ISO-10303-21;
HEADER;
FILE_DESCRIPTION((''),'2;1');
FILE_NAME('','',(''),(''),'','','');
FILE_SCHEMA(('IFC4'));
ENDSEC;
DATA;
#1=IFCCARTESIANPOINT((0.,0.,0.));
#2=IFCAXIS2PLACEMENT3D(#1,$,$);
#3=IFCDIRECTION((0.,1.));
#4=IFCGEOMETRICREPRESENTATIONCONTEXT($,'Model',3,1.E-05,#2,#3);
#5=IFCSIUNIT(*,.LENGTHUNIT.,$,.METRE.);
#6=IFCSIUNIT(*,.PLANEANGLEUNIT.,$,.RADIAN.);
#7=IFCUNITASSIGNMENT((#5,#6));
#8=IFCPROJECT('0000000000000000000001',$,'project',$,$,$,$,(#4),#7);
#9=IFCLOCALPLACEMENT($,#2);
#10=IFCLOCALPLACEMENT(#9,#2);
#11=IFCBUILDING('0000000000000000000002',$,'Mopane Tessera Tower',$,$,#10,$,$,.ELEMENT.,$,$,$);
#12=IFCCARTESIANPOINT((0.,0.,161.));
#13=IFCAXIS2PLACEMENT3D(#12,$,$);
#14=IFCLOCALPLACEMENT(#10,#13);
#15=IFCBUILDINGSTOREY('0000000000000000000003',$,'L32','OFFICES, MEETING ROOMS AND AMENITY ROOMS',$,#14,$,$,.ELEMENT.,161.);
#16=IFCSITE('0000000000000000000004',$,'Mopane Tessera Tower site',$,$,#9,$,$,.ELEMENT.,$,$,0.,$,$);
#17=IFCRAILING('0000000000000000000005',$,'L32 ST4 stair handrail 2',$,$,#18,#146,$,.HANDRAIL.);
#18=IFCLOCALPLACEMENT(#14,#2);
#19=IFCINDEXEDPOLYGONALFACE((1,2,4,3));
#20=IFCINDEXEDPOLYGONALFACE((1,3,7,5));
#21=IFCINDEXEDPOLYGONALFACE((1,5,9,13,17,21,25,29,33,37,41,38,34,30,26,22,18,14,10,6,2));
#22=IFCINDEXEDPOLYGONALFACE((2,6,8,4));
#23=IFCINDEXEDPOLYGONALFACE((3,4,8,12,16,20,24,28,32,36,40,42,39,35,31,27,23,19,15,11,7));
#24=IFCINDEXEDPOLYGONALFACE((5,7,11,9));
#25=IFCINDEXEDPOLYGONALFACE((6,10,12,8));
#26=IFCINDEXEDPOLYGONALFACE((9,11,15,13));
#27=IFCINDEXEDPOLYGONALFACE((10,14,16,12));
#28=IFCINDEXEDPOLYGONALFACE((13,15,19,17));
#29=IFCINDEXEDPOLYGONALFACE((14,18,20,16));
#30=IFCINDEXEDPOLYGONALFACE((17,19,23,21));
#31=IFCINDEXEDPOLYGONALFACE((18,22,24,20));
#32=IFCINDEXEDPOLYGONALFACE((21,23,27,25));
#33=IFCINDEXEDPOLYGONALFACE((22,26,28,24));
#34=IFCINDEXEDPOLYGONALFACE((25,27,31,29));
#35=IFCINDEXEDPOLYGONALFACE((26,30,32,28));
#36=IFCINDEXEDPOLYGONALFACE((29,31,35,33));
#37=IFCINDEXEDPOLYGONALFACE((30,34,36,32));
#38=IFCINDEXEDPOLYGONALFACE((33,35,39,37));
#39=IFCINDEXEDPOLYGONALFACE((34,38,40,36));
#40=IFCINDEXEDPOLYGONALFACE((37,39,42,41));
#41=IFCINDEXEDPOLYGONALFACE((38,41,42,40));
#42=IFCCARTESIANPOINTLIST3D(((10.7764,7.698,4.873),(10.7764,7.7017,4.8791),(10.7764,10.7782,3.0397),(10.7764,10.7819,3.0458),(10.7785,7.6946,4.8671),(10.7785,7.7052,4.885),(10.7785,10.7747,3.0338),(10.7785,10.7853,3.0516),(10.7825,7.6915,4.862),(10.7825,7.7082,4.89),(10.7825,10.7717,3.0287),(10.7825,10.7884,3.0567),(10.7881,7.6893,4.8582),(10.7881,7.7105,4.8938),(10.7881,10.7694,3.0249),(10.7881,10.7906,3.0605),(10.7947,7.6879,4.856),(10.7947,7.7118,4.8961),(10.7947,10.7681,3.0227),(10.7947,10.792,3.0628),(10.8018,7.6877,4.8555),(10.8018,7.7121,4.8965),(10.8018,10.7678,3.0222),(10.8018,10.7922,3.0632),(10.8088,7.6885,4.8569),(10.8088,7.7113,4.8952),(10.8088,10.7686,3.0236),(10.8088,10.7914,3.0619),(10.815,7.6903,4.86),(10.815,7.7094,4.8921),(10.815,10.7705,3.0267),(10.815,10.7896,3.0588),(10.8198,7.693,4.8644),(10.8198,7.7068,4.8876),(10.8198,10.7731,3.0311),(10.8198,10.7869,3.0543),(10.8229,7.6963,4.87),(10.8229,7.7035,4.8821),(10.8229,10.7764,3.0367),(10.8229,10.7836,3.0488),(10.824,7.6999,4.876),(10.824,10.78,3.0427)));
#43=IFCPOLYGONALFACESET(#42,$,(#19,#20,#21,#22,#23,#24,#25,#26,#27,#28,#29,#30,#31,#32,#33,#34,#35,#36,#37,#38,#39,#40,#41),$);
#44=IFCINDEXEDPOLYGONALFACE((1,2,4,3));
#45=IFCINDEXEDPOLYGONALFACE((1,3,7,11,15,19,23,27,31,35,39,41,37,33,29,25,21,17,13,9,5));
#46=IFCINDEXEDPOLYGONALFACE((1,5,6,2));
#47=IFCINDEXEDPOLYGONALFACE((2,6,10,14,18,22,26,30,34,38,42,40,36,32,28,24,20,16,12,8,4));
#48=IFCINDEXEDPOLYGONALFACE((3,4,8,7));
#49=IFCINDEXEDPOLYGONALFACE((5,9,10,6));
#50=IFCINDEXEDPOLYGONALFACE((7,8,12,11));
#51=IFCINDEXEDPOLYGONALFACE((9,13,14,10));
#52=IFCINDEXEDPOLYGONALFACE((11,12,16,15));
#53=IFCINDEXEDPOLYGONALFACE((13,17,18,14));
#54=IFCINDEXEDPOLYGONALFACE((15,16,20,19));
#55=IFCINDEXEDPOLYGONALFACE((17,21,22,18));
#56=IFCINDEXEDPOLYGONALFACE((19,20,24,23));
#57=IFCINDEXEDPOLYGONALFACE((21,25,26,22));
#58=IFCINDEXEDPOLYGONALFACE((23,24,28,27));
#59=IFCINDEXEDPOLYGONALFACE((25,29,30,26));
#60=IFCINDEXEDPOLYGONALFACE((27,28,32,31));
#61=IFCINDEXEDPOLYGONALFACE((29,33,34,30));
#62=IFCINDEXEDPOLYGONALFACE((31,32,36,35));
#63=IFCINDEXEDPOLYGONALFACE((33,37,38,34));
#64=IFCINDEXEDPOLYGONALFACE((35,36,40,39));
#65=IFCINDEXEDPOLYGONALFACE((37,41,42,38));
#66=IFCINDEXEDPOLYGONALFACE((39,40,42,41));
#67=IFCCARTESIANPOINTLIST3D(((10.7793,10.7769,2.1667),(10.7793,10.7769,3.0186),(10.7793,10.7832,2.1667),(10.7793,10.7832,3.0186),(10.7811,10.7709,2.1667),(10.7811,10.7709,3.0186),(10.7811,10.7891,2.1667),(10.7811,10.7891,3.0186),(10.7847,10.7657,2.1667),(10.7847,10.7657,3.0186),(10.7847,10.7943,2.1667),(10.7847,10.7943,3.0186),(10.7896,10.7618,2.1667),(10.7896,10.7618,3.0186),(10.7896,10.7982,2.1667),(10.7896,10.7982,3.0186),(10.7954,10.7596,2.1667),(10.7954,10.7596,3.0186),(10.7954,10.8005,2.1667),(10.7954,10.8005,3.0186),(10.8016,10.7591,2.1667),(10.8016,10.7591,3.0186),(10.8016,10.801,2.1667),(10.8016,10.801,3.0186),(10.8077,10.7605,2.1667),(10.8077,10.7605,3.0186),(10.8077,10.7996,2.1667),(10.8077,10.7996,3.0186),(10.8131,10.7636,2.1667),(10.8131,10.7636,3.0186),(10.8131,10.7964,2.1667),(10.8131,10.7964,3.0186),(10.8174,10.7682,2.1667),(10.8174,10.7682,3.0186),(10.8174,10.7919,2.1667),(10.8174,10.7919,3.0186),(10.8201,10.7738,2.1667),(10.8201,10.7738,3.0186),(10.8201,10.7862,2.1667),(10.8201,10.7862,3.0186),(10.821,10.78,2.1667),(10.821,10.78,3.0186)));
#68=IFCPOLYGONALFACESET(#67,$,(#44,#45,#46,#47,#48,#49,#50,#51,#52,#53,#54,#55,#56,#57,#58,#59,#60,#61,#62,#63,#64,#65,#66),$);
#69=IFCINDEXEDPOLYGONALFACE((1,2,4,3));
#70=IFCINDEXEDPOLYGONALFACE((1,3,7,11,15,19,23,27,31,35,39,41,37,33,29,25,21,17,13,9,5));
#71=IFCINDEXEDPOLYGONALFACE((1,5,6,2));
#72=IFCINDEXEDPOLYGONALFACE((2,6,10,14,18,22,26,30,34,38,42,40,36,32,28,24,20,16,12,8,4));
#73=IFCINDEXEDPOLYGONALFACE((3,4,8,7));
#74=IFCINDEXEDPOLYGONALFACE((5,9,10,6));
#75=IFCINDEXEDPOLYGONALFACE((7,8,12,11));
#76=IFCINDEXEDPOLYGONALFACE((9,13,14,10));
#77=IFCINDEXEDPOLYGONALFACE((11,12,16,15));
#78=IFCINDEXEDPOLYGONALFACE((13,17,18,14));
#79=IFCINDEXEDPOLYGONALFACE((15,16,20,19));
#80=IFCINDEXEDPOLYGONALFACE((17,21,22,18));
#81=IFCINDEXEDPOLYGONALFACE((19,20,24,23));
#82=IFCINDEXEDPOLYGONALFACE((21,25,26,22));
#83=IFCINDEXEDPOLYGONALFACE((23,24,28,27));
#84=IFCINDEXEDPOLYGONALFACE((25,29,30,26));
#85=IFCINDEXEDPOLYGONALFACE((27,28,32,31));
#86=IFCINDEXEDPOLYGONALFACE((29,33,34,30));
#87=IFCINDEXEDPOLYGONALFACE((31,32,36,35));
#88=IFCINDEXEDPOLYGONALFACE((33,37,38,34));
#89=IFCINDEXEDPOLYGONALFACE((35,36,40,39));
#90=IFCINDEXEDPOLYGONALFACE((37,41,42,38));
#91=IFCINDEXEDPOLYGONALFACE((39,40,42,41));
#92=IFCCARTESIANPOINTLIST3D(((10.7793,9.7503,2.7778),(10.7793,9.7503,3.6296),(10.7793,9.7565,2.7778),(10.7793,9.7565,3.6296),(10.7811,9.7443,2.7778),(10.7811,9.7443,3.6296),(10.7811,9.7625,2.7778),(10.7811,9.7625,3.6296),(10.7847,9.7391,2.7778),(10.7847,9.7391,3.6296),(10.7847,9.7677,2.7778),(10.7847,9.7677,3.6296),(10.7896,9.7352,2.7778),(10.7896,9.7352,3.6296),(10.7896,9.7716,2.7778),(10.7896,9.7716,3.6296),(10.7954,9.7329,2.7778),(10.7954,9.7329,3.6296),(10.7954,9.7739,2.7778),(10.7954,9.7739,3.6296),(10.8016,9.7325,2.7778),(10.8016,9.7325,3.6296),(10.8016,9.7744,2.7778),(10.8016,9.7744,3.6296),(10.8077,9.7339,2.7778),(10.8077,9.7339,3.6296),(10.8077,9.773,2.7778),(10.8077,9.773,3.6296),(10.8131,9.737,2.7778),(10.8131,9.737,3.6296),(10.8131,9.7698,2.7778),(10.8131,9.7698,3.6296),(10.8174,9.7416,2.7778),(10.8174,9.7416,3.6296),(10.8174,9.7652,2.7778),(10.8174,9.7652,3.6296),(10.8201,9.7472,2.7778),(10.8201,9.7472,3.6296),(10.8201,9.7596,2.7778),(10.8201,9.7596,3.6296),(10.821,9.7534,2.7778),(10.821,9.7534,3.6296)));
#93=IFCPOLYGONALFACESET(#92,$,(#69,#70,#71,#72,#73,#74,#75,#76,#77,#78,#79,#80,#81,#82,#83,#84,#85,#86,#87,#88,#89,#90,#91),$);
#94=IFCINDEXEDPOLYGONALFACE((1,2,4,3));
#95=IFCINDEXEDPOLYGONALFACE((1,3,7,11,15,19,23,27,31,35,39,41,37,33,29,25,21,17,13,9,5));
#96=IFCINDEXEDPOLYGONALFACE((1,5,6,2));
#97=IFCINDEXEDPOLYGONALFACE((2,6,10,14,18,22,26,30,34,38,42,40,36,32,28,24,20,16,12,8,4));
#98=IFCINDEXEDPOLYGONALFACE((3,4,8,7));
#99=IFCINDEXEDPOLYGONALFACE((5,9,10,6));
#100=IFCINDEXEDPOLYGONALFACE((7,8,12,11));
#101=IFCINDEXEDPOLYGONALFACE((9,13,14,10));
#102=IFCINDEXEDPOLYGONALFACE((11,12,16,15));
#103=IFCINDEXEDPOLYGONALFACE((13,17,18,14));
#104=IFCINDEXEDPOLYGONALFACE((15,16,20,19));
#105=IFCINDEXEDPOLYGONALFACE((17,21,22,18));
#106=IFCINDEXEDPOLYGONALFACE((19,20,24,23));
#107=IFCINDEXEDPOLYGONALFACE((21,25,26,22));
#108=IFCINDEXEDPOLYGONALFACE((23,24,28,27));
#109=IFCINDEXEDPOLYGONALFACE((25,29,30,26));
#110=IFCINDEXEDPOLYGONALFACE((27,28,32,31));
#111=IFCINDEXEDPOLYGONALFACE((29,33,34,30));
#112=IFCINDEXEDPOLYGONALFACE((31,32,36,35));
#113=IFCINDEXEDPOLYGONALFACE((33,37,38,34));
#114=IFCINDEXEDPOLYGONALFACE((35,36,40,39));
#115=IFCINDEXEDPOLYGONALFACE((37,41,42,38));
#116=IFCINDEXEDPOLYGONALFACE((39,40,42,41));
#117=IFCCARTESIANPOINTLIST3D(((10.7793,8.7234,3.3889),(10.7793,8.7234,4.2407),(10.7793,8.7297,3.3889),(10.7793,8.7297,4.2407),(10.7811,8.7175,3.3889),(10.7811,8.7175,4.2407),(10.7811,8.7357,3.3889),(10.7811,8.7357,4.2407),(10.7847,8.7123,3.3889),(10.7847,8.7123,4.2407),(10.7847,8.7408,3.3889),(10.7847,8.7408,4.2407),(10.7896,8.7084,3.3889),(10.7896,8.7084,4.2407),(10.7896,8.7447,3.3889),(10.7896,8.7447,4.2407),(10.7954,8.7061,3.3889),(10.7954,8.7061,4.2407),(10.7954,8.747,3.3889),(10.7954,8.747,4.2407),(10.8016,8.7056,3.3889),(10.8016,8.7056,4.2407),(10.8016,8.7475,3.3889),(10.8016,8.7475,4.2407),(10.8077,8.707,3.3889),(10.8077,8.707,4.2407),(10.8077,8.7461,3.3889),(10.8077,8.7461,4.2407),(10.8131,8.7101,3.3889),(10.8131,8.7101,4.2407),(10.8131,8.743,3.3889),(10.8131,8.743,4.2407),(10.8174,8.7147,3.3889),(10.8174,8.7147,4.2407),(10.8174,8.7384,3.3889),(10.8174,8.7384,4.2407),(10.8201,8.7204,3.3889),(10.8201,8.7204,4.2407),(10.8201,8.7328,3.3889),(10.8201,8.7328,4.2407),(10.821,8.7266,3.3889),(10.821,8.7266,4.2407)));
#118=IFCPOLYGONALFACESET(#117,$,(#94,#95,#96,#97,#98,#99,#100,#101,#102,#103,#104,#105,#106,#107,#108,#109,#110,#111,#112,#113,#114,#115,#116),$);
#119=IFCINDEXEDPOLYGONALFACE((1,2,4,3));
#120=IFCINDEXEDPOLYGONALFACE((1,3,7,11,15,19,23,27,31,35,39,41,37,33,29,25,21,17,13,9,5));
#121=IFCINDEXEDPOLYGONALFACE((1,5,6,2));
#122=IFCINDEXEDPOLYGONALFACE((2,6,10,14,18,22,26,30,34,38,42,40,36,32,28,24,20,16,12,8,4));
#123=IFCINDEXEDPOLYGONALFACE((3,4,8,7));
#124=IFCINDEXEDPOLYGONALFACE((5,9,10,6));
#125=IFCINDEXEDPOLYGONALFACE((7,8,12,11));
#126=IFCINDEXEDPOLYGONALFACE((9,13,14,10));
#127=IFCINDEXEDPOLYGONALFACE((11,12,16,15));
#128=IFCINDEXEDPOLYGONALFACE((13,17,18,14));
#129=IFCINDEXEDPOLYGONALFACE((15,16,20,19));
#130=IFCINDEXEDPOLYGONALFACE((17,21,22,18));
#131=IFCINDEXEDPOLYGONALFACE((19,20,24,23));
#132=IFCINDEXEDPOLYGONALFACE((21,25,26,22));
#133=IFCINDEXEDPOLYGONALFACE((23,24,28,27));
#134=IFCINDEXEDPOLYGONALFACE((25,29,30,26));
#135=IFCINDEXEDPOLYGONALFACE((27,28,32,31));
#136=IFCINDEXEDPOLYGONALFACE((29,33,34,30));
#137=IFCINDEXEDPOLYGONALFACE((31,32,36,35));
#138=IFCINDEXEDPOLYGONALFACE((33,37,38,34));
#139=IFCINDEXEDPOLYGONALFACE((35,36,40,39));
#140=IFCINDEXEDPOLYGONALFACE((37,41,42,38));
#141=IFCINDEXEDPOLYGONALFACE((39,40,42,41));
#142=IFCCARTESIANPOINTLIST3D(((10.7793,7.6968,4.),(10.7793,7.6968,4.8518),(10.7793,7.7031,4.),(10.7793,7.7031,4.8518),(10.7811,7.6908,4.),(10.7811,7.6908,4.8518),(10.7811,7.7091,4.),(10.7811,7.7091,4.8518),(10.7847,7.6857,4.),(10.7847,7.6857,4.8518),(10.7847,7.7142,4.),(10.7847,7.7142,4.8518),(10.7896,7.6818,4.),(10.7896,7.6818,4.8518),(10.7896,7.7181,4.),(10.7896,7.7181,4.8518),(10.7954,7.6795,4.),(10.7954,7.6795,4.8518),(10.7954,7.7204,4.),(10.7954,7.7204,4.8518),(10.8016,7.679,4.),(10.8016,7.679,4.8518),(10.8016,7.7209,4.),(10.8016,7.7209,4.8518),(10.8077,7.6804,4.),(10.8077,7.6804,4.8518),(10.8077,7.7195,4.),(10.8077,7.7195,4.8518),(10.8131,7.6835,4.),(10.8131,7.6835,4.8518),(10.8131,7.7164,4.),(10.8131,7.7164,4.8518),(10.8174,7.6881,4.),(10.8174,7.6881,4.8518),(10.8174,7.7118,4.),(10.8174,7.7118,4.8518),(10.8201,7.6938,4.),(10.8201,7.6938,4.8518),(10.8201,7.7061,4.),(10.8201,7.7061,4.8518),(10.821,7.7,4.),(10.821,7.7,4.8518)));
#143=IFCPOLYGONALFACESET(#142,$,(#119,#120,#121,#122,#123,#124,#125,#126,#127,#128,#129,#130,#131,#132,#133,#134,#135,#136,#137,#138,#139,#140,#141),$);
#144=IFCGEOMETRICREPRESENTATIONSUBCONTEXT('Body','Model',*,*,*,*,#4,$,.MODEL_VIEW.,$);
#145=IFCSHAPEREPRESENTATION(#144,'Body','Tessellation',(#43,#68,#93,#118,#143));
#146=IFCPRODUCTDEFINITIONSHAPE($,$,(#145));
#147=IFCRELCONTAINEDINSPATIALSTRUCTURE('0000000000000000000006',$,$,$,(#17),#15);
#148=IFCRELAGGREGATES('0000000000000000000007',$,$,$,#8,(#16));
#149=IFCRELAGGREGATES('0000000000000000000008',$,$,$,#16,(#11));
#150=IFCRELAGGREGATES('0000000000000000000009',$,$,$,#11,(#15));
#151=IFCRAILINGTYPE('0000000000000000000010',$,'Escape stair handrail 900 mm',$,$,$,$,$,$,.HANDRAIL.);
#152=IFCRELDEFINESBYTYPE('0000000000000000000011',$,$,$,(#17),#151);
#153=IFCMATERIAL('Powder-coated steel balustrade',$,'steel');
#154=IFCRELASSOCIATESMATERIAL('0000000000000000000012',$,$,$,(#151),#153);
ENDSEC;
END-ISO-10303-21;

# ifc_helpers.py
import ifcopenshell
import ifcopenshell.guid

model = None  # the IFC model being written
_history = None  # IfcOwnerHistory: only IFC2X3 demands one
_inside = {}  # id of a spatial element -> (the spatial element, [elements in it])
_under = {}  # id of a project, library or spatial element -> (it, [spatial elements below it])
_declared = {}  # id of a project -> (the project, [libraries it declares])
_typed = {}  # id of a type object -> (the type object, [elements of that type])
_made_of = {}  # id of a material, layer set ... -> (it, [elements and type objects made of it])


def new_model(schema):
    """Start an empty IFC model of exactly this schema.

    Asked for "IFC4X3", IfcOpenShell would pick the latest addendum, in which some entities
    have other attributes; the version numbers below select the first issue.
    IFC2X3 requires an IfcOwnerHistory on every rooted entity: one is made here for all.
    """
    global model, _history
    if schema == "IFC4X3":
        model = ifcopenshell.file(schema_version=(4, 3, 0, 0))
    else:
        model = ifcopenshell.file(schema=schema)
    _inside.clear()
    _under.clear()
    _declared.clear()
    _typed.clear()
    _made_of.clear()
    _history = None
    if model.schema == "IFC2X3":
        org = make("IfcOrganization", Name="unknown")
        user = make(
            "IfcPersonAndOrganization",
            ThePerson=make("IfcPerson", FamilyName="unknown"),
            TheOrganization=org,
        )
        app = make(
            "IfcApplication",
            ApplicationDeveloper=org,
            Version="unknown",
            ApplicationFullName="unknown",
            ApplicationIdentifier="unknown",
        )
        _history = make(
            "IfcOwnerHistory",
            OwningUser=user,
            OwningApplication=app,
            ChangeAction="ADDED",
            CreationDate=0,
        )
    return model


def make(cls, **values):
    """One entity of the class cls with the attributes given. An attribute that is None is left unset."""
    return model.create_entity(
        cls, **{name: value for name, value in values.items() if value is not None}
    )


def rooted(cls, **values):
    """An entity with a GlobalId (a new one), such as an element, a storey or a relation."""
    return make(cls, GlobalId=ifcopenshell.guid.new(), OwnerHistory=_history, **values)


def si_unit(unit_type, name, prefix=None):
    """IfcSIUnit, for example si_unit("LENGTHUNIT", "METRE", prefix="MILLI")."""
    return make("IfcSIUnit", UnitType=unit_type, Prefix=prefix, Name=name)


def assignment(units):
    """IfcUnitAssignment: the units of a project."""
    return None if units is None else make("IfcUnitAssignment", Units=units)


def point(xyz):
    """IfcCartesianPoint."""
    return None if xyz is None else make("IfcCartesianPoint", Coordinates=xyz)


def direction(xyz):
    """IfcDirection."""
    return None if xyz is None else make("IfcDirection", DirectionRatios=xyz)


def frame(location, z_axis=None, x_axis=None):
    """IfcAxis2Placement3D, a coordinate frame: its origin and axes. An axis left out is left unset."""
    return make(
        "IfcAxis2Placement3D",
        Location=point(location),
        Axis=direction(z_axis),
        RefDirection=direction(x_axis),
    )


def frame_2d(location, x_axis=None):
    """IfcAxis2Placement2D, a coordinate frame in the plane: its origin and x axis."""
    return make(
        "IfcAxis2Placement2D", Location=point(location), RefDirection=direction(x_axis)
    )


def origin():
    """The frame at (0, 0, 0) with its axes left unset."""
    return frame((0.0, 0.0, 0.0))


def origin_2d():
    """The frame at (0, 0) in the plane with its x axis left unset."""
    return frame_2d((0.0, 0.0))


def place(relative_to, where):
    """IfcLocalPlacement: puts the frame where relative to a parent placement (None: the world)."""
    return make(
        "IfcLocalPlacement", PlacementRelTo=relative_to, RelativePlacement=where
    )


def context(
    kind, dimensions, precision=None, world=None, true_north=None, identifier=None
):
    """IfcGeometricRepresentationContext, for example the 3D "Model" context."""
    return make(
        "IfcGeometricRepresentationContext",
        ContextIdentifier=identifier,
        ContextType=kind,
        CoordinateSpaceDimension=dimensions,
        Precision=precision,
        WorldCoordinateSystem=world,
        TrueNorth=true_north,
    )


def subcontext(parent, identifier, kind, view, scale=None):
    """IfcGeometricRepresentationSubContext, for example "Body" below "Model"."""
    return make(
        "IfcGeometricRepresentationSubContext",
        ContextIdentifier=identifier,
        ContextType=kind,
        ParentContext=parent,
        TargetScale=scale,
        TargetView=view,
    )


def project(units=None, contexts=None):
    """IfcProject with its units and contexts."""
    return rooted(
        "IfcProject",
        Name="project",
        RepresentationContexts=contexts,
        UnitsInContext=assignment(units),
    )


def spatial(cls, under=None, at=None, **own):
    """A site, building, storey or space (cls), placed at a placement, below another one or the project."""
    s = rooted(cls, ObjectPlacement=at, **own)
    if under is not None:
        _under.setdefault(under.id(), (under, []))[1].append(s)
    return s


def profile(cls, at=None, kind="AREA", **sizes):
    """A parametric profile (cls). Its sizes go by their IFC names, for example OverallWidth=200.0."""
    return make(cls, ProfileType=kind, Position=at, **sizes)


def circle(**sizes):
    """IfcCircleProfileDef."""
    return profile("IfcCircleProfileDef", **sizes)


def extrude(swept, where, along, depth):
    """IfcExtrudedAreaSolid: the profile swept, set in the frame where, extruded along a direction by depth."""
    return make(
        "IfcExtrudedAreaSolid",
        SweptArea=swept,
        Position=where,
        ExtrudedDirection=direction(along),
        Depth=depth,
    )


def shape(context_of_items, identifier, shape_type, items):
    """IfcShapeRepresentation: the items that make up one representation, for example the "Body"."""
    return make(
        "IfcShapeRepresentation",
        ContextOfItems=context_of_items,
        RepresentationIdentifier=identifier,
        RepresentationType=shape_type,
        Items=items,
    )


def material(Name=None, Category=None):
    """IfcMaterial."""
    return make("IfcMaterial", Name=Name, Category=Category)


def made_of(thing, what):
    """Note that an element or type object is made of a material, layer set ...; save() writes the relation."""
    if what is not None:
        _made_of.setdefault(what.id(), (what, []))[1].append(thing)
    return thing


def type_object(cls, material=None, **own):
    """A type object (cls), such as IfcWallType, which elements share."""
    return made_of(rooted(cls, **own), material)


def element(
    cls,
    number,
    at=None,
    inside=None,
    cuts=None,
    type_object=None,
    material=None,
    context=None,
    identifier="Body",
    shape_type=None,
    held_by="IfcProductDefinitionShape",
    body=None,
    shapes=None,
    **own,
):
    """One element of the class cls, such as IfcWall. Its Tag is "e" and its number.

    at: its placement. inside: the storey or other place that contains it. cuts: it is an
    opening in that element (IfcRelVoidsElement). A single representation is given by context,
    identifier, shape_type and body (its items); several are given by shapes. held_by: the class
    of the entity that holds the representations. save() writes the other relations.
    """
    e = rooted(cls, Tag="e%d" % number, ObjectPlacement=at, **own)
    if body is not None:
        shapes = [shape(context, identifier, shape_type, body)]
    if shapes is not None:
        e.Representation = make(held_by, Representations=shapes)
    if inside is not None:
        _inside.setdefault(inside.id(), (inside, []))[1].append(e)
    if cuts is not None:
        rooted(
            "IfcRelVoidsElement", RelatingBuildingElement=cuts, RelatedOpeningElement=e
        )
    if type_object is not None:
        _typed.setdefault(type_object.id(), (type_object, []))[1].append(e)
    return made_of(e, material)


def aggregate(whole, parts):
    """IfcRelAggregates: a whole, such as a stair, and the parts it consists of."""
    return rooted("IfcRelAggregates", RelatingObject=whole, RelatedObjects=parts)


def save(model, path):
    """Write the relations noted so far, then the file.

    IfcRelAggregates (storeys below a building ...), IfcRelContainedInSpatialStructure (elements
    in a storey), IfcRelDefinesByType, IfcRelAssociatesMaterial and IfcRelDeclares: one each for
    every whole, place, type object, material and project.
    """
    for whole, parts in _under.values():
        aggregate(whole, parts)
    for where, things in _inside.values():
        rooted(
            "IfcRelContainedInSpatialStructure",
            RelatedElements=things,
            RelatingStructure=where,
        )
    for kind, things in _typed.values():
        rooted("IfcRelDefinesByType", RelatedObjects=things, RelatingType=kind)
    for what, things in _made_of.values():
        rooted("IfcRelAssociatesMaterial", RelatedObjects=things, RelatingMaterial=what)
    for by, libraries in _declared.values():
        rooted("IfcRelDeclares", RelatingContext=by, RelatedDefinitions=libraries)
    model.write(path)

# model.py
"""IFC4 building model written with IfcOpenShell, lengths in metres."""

from ifc_helpers import new_model, si_unit, direction, frame, origin, origin_2d, place, context, subcontext, project, spatial, circle, extrude, material, type_object, element, save


model = new_model("IFC4")

# Units and contexts
model_context = context("Model", 3, precision=1e-05, world=origin(), true_north=direction((0.0, 1.0)))
body_context = subcontext(model_context, "Body", "Model", "MODEL_VIEW")
ifc_project = project(units=[si_unit("LENGTHUNIT", "METRE"), si_unit("PLANEANGLEUNIT", "RADIAN")], contexts=[model_context])

# Site, building, storey
site_placement = place(None, origin())
site = spatial("IfcSite", under=ifc_project, at=site_placement, Name="Mopane Tessera Tower site", CompositionType="ELEMENT", RefElevation=0.0)
building_placement = place(site_placement, origin())
building = spatial("IfcBuilding", under=site, at=building_placement, Name="Mopane Tessera Tower", CompositionType="ELEMENT")
storey_placement = place(building_placement, frame((0.0, 0.0, 161.0)))
storey = spatial("IfcBuildingStorey", under=building, at=storey_placement, Name="L32", Description="OFFICES, MEETING ROOMS AND AMENITY ROOMS", CompositionType="ELEMENT", Elevation=161.0)

# Railing
ifc_material_1 = material(Name="Powder-coated steel balustrade", Category="steel")
railing_type_1 = type_object("IfcRailingType", Name="Escape stair handrail 900 mm", PredefinedType="HANDRAIL", material=ifc_material_1)
railing_1_placement = place(storey_placement, frame((10.8, 10.78, 2.1667)))
element("IfcRailing", 1, at=railing_1_placement, inside=storey, type_object=railing_type_1, Name="L32 ST4 stair handrail 2", PredefinedType="HANDRAIL", context=body_context, shape_type="SweptSolid", body=[
    extrude(circle(Radius=0.0239, at=origin_2d()), frame((0.0, 0.0, 0.876), z_axis=(0.0, -0.859309, 0.511458), x_axis=(1.0, 0.0, 0.0)), (0.0, 0.0, 1.0), 3.5845),
    extrude(circle(Radius=0.021, at=origin_2d()), origin(), (0.0, 0.0, 1.0), 0.8518),
    extrude(circle(Radius=0.021, at=origin_2d()), frame((0.0, -1.0266, 0.6111)), (0.0, 0.0, 1.0), 0.8518),
    extrude(circle(Radius=0.021, at=origin_2d()), frame((0.0, -2.0535, 1.2222)), (0.0, 0.0, 1.0), 0.8518),
    extrude(circle(Radius=0.021, at=origin_2d()), frame((0.0, -3.0801, 1.8333)), (0.0, 0.0, 1.0), 0.8518),
])

save(model, "model.ifc")
